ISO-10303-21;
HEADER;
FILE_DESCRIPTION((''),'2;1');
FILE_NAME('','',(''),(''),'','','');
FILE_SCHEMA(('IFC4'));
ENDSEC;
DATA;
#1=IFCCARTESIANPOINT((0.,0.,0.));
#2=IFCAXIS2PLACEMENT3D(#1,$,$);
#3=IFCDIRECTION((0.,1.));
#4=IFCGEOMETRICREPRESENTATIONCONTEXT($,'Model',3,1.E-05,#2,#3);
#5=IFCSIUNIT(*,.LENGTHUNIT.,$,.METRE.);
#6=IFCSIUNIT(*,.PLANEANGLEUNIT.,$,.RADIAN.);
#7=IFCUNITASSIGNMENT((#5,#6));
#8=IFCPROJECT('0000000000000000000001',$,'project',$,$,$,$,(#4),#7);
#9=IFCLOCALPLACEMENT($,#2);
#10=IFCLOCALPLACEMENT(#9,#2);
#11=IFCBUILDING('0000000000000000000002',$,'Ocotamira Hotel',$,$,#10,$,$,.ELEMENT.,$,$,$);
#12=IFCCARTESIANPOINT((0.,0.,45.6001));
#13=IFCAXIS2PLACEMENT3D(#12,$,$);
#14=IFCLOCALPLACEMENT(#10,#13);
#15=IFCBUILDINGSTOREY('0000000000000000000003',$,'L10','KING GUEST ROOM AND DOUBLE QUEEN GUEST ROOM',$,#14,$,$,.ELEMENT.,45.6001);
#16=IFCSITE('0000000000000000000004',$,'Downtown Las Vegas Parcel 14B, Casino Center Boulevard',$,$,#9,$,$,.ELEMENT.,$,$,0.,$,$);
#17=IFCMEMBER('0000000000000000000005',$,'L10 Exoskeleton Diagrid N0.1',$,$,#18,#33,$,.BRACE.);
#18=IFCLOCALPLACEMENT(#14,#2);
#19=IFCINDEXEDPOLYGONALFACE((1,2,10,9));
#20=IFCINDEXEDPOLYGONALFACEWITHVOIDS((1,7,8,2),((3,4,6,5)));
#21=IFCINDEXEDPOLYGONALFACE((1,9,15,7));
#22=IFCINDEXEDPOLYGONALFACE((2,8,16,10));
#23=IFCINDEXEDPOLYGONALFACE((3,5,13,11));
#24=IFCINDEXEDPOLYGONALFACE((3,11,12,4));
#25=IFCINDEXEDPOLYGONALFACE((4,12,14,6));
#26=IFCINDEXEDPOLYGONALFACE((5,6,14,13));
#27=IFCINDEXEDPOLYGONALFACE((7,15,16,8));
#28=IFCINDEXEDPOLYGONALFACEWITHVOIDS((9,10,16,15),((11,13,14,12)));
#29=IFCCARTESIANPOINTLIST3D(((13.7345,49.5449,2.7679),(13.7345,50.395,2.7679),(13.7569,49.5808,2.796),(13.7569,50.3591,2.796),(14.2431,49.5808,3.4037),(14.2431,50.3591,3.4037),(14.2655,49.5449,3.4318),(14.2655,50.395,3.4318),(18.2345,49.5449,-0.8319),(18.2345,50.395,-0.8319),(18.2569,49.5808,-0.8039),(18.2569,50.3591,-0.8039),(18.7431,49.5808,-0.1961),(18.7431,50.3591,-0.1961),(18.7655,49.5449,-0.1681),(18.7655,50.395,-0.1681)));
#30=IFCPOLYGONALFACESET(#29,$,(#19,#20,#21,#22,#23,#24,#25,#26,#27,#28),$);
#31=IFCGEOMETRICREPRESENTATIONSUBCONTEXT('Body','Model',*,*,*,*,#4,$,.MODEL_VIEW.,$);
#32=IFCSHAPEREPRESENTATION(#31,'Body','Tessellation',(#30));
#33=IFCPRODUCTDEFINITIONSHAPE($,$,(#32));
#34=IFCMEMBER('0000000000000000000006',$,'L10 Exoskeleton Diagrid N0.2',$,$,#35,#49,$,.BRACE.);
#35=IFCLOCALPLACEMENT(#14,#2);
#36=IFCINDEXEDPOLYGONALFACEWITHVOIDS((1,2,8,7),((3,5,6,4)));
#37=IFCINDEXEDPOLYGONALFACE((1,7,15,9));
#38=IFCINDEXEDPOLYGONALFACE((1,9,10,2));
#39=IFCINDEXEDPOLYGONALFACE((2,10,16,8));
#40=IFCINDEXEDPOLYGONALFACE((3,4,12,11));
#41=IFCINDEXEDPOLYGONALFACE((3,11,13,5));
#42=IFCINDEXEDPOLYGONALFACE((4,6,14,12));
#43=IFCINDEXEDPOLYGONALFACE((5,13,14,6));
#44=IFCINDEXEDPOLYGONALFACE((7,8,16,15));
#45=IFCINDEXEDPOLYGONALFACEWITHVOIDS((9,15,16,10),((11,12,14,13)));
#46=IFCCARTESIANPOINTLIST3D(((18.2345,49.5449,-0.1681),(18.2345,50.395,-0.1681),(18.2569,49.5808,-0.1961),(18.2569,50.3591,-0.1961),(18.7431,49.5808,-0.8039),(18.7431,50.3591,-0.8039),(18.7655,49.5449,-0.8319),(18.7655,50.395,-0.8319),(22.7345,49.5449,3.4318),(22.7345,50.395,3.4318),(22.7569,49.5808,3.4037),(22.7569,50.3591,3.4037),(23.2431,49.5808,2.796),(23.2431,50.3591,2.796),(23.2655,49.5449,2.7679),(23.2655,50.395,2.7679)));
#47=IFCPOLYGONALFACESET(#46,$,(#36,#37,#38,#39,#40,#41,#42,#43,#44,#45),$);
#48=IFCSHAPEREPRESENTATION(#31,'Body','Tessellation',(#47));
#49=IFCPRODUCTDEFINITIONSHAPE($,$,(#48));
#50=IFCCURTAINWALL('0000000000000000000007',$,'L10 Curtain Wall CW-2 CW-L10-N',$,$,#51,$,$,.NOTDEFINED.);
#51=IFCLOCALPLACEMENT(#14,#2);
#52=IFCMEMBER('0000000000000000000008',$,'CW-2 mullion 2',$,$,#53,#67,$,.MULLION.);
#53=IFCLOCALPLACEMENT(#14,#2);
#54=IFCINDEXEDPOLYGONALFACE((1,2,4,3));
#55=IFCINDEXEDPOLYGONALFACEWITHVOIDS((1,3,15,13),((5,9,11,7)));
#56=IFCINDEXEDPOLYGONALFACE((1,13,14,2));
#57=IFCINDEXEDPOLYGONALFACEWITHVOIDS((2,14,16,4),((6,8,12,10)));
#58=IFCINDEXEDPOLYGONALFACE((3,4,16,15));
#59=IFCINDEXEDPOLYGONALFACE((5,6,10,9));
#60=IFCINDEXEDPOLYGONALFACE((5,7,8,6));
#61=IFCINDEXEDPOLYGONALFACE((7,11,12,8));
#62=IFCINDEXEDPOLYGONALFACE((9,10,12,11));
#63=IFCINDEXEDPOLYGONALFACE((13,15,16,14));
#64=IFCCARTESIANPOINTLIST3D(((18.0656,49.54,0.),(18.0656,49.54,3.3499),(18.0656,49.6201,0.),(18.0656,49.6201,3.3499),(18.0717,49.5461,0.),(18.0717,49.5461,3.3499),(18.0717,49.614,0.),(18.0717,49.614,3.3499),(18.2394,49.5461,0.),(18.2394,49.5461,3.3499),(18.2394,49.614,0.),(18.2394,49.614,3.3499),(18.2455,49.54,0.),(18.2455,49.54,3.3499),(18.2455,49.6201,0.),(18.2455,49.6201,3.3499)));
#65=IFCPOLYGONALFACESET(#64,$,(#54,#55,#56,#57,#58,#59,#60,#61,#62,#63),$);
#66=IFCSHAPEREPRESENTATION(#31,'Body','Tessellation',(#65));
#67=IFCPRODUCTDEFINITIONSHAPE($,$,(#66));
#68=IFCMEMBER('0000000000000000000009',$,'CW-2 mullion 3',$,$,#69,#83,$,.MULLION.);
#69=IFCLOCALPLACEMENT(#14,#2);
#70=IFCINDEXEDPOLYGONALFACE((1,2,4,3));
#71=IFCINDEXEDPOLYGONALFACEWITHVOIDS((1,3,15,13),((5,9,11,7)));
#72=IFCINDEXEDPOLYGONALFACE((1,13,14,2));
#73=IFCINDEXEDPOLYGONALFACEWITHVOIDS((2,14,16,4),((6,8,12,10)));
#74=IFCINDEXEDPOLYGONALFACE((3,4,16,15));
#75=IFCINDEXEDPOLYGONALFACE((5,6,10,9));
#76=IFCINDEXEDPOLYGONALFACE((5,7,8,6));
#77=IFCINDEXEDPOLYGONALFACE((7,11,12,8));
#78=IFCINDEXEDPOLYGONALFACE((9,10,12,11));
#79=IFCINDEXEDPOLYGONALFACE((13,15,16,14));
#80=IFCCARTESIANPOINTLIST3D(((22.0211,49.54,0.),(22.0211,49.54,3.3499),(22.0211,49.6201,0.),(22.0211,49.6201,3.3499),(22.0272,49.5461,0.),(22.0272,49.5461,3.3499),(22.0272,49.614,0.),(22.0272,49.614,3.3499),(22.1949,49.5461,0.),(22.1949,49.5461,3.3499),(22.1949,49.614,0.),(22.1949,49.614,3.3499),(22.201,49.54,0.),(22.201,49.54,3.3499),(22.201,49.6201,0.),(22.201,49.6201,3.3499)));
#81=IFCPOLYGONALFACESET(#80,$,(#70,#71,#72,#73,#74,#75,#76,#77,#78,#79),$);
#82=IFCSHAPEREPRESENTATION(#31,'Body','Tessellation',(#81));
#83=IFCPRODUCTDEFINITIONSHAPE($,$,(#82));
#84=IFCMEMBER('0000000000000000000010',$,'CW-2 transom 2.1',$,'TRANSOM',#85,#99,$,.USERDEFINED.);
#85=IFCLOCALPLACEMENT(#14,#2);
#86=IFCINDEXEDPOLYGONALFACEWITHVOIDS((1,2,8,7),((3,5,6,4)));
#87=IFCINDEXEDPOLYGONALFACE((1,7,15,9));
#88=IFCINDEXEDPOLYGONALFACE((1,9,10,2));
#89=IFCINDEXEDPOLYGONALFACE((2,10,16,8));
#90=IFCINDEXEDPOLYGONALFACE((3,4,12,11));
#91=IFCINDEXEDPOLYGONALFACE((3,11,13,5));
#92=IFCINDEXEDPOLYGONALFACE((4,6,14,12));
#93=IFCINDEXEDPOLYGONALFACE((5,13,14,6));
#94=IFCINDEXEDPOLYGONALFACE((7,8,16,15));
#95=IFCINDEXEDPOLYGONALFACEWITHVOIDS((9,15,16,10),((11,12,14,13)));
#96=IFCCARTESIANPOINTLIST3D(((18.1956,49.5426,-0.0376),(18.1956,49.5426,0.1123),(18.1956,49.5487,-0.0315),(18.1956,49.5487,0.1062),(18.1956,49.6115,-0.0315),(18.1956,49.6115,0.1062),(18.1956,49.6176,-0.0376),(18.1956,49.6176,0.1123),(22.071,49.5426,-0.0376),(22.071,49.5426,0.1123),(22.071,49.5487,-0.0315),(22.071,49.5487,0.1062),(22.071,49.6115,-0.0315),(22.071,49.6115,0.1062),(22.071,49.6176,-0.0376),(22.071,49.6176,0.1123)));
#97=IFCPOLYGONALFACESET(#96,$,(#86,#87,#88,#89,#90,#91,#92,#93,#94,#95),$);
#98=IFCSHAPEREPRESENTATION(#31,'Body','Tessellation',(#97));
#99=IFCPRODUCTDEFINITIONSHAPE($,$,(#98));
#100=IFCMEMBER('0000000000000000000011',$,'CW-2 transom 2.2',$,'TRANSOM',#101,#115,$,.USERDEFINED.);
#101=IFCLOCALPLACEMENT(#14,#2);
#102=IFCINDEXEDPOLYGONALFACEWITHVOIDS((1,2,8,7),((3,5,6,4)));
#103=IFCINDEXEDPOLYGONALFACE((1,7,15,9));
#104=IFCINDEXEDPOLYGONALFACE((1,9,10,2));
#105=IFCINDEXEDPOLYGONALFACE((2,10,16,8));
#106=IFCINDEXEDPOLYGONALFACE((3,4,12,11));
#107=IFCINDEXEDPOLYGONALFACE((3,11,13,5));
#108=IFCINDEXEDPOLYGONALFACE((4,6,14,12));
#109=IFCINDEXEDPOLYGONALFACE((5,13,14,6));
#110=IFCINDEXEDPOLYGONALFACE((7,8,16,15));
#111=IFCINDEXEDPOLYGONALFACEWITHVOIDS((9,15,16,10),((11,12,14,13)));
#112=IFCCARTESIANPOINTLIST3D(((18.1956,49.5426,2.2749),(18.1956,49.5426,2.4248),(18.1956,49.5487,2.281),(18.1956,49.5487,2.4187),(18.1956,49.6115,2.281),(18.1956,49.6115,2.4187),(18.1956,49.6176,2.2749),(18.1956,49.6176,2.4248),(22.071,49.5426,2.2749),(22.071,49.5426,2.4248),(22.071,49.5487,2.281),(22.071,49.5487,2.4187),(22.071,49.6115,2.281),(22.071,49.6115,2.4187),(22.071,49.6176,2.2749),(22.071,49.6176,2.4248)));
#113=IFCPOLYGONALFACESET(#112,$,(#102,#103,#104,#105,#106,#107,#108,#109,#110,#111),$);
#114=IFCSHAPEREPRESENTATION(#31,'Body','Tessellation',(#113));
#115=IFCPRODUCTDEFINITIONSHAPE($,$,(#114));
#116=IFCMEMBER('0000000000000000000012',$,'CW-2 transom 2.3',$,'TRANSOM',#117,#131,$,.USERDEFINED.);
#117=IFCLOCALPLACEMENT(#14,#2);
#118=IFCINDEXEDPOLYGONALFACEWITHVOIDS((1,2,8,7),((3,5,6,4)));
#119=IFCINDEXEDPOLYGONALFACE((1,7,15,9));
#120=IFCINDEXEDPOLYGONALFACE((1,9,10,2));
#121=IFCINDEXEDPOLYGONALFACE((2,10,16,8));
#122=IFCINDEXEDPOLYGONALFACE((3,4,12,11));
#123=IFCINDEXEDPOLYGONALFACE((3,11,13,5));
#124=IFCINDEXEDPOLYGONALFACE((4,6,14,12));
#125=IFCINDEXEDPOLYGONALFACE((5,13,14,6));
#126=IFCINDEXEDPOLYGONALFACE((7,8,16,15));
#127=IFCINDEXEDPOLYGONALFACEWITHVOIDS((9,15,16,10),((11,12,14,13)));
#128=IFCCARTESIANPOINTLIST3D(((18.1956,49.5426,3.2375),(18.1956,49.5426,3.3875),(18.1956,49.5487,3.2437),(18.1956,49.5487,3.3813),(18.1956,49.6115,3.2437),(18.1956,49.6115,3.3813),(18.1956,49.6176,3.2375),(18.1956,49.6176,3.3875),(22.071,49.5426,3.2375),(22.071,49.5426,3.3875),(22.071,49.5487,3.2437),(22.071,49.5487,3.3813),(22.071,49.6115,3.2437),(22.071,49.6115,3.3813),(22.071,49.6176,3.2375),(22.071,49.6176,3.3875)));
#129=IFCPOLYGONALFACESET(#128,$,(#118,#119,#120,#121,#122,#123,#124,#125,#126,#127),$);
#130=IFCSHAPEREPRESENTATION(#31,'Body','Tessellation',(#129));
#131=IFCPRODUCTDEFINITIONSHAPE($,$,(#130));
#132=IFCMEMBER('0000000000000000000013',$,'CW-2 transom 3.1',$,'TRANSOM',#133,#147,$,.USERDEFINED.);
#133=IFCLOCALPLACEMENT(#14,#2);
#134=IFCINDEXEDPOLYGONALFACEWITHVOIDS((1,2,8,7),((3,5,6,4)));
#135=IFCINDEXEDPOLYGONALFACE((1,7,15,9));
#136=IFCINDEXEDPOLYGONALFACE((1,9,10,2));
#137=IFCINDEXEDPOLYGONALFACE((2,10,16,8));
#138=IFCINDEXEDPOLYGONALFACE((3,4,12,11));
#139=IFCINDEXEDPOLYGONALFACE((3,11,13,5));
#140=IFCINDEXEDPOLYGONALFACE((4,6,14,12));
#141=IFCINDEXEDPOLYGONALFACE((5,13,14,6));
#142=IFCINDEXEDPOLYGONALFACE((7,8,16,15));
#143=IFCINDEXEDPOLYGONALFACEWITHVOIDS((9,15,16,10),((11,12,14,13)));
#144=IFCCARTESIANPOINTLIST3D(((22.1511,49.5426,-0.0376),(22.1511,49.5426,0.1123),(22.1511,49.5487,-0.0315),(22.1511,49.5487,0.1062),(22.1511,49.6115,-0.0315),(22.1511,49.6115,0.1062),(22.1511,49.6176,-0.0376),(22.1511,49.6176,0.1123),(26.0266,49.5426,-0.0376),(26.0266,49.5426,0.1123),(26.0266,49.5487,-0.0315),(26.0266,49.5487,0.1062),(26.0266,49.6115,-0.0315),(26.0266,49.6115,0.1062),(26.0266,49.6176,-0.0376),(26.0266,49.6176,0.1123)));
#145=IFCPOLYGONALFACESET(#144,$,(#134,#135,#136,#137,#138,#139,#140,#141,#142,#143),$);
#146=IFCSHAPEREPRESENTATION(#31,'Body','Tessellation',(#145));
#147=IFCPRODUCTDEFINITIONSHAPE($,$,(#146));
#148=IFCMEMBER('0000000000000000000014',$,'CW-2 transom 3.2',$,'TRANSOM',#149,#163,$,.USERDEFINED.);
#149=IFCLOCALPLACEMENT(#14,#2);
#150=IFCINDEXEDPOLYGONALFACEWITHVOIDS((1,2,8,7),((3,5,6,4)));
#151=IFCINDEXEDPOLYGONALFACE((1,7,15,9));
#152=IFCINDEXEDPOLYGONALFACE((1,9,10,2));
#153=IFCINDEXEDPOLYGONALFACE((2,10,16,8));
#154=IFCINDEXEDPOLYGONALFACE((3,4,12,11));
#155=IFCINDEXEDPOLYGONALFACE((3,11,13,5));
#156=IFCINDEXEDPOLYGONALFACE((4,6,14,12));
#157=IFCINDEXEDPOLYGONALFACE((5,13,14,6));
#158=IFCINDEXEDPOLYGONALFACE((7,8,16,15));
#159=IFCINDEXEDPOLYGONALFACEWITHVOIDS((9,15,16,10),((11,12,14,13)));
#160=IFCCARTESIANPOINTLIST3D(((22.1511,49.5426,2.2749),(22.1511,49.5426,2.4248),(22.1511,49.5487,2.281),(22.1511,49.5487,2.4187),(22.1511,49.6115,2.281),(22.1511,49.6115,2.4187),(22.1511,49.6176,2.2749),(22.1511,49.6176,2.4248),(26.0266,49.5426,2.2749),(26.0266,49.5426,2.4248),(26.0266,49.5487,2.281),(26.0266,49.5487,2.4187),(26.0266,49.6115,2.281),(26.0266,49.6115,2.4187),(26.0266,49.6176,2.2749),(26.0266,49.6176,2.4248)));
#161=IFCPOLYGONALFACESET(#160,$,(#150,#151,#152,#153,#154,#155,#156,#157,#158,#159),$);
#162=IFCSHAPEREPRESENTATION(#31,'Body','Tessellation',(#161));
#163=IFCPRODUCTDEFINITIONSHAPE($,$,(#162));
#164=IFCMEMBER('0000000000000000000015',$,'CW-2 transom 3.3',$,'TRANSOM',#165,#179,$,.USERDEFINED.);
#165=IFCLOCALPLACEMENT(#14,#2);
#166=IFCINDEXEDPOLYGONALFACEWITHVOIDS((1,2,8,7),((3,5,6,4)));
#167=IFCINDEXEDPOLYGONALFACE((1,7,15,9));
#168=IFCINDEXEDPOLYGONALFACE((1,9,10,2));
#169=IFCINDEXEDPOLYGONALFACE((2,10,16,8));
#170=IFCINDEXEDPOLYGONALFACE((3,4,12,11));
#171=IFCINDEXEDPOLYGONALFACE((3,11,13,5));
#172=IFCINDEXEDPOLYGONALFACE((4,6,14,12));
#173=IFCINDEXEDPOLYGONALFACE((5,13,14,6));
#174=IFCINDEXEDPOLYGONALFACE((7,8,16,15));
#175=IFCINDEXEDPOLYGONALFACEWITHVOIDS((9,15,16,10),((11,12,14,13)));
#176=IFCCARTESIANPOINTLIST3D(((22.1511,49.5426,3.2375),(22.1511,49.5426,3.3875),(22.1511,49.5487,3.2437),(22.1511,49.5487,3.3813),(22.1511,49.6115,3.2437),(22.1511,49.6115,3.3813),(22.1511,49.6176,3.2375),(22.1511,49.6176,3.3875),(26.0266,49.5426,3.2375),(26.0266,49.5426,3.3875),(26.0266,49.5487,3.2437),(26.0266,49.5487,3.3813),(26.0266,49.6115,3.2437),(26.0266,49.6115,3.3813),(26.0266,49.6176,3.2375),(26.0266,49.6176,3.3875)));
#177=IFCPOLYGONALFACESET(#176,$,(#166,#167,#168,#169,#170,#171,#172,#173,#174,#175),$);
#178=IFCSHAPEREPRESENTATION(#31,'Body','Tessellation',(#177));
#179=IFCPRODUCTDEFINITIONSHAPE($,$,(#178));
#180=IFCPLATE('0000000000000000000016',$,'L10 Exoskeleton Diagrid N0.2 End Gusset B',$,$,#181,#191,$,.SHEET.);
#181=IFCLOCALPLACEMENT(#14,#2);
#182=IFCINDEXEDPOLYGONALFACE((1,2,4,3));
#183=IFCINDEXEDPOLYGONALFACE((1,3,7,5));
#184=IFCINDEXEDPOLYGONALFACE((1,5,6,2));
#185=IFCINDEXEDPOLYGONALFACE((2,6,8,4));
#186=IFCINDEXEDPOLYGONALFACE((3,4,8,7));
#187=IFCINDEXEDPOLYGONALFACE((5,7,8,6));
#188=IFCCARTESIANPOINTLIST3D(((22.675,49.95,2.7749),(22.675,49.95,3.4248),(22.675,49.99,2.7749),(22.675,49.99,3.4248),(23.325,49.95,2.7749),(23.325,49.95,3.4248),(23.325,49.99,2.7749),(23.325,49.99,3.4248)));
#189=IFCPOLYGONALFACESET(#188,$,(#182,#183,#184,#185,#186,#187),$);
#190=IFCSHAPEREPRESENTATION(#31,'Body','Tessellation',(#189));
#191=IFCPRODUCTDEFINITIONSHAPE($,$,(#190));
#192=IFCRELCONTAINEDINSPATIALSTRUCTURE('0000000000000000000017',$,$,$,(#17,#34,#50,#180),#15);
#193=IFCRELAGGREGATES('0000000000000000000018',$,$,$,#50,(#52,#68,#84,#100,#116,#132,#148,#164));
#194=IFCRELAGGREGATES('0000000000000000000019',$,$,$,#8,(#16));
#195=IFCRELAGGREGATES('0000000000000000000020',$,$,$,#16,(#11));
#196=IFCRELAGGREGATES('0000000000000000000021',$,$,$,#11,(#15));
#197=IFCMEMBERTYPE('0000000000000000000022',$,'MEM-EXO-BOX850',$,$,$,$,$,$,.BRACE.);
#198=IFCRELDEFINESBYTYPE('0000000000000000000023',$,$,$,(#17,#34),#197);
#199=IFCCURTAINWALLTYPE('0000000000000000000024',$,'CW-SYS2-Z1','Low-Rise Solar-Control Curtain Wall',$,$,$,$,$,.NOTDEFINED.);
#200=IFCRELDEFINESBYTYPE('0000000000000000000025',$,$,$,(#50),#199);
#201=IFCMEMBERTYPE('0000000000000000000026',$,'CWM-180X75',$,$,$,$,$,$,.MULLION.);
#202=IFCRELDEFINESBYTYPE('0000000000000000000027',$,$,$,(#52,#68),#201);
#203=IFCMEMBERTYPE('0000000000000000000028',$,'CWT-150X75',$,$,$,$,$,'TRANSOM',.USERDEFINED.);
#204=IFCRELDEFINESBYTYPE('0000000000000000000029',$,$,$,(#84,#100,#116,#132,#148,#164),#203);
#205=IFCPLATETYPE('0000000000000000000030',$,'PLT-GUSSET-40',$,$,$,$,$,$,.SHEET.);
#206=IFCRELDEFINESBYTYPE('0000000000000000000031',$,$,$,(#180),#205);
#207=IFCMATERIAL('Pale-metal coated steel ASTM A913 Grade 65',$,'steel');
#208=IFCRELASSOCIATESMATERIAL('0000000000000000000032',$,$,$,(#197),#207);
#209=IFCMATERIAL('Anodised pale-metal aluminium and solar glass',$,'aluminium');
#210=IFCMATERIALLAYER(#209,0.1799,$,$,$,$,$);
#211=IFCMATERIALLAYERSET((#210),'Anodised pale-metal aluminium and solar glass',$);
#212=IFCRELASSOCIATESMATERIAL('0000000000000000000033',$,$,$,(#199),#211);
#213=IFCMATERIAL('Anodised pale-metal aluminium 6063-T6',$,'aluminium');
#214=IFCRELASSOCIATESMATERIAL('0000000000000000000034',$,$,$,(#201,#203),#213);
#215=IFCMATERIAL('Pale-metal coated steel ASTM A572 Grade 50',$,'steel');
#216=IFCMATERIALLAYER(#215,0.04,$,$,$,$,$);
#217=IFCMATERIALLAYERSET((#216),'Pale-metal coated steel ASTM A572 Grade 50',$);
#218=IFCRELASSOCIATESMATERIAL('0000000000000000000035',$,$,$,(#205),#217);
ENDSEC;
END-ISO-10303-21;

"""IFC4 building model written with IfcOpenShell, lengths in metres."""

from ifc_helpers import new_model, si_unit, direction, frame, origin, origin_2d, place, context, subcontext, project, spatial, rectangle, hollow_rectangle, extrude, source, transform, mapped, material, layer, layer_set, material_profile, profile_set, type_object, element, aggregate, save


model = new_model("IFC4")

# Units and contexts
model_context = context("Model", 3, precision=1e-05, world=origin(), true_north=direction((0.0, 1.0)))
body_context = subcontext(model_context, "Body", "Model", "MODEL_VIEW")
ifc_project = project(units=[si_unit("LENGTHUNIT", "METRE"), si_unit("PLANEANGLEUNIT", "RADIAN")], contexts=[model_context])

# Site, building, storey
site_placement = place(None, origin())
site = spatial("IfcSite", under=ifc_project, at=site_placement, Name="Downtown Las Vegas Parcel 14B, Casino Center Boulevard", CompositionType="ELEMENT", RefElevation=0.0)
building_placement = place(site_placement, origin())
building = spatial("IfcBuilding", under=site, at=building_placement, Name="Ocotamira Hotel", CompositionType="ELEMENT")
storey_placement = place(building_placement, frame((0.0, 0.0, 45.6001)))
storey = spatial("IfcBuildingStorey", under=building, at=storey_placement, Name="L10", Description="KING GUEST ROOM AND DOUBLE QUEEN GUEST ROOM", CompositionType="ELEMENT", Elevation=45.6001)

# Members
ifc_material_1 = material(Name="Pale-metal coated steel ASTM A913 Grade 65", Category="steel")
ifc_material_profile_1 = material_profile(ifc_material_1, hollow_rectangle(XDim=0.8501, YDim=0.8501, WallThickness=0.0359, at=origin_2d()), Name="BOX850X850X36")
ifc_profile_set_1 = profile_set([ifc_material_profile_1], Name="Pale-metal coated steel ASTM A913 Grade 65")
member_type_1 = type_object("IfcMemberType", Name="MEM-EXO-BOX850", PredefinedType="BRACE", material=ifc_profile_set_1)
shared_shape_1 = source(origin(), body_context, "Body", "SweptSolid", [
    extrude(hollow_rectangle(XDim=0.8501, YDim=0.8501, WallThickness=0.0359, at=origin_2d()), origin(), (0.0, 0.0, 1.0), 5.7627),
])
for number, where, z_axis, x_axis, name in (
    (1, (18.5, 49.97, -0.5), (-0.780881, 0.0, 0.62468), (0.0, -1.0, 0.0), "L10 Exoskeleton Diagrid N0.1"),
    (2, (18.5, 49.97, -0.5), (0.780881, 0.0, 0.62468), (0.0, 1.0, 0.0), "L10 Exoskeleton Diagrid N0.2"),
):
    element("IfcMember", number, at=place(storey_placement, frame(where, z_axis=z_axis, x_axis=x_axis)), inside=storey, type_object=member_type_1, Name=name, PredefinedType="BRACE", context=body_context, shape_type="MappedRepresentation", body=[
        mapped(shared_shape_1, transform((0.0, 0.0, 0.0), scale=1.0)),
    ])

# Curtain wall, members
ifc_material_2 = material(Name="Anodised pale-metal aluminium and solar glass", Category="aluminium")
ifc_layer_1 = layer(ifc_material_2, 0.1799)
ifc_layer_set_1 = layer_set([ifc_layer_1], Name="Anodised pale-metal aluminium and solar glass")
curtain_wall_type = type_object("IfcCurtainWallType", Name="CW-SYS2-Z1", Description="Low-Rise Solar-Control Curtain Wall", PredefinedType="NOTDEFINED", material=ifc_layer_set_1)
curtain_wall_placement = place(storey_placement, origin())
curtain_wall = element("IfcCurtainWall", 3, at=curtain_wall_placement, inside=storey, type_object=curtain_wall_type, Name="L10 Curtain Wall CW-2 CW-L10-N", PredefinedType="NOTDEFINED")
ifc_material_3 = material(Name="Anodised pale-metal aluminium 6063-T6", Category="aluminium")
ifc_material_profile_2 = material_profile(ifc_material_3, hollow_rectangle(XDim=0.0801, YDim=0.1799, WallThickness=0.0061, at=origin_2d()), Name="HSS180X80X6")
ifc_profile_set_2 = profile_set([ifc_material_profile_2], Name="Anodised pale-metal aluminium 6063-T6")
member_type_2 = type_object("IfcMemberType", Name="CWM-180X75", PredefinedType="MULLION", material=ifc_profile_set_2)
shared_shape_2 = source(origin(), body_context, "Body", "SweptSolid", [
    extrude(hollow_rectangle(XDim=0.0801, YDim=0.1799, WallThickness=0.0061, at=origin_2d()), origin(), (0.0, 0.0, 1.0), 3.3499),
])
member_1_placement = place(storey_placement, frame((18.1555, 49.5801, 0.0), z_axis=(0.0, 0.0, 1.0), x_axis=(0.0, 1.0, 0.0)))
member_1 = element("IfcMember", 4, at=member_1_placement, type_object=member_type_2, Name="CW-2 mullion 2", PredefinedType="MULLION", context=body_context, shape_type="MappedRepresentation", body=[
    mapped(shared_shape_2, transform((0.0, 0.0, 0.0), scale=1.0)),
])
member_2_placement = place(storey_placement, frame((22.1111, 49.5801, 0.0), z_axis=(0.0, 0.0, 1.0), x_axis=(0.0, 1.0, 0.0)))
member_2 = element("IfcMember", 5, at=member_2_placement, type_object=member_type_2, Name="CW-2 mullion 3", PredefinedType="MULLION", context=body_context, shape_type="MappedRepresentation", body=[
    mapped(shared_shape_2, transform((0.0, 0.0, 0.0), scale=1.0)),
])
ifc_material_profile_3 = material_profile(ifc_material_3, hollow_rectangle(XDim=0.075, YDim=0.1499, WallThickness=0.0061, at=origin_2d()), Name="HSS150X75X6")
ifc_profile_set_3 = profile_set([ifc_material_profile_3], Name="Anodised pale-metal aluminium 6063-T6")
member_type_3 = type_object("IfcMemberType", Name="CWT-150X75", ElementType="TRANSOM", PredefinedType="USERDEFINED", material=ifc_profile_set_3)
shared_shape_3 = source(origin(), body_context, "Body", "SweptSolid", [
    extrude(hollow_rectangle(XDim=0.075, YDim=0.1499, WallThickness=0.0061, at=origin_2d()), origin(), (0.0, 0.0, 1.0), 3.8755),
])
member_3_placement = place(storey_placement, frame((18.1956, 49.5801, 0.0374), z_axis=(1.0, 0.0, 0.0), x_axis=(0.0, 1.0, 0.0)))
member_3 = element("IfcMember", 6, at=member_3_placement, type_object=member_type_3, Name="CW-2 transom 2.1", ObjectType="TRANSOM", PredefinedType="USERDEFINED", context=body_context, shape_type="MappedRepresentation", body=[
    mapped(shared_shape_3, transform((0.0, 0.0, 0.0), scale=1.0)),
])
member_4_placement = place(storey_placement, frame((18.1956, 49.5801, 2.3499), z_axis=(1.0, 0.0, 0.0), x_axis=(0.0, 1.0, 0.0)))
member_4 = element("IfcMember", 7, at=member_4_placement, type_object=member_type_3, Name="CW-2 transom 2.2", ObjectType="TRANSOM", PredefinedType="USERDEFINED", context=body_context, shape_type="MappedRepresentation", body=[
    mapped(shared_shape_3, transform((0.0, 0.0, 0.0), scale=1.0)),
])
member_5_placement = place(storey_placement, frame((18.1956, 49.5801, 3.3125), z_axis=(1.0, 0.0, 0.0), x_axis=(0.0, 1.0, 0.0)))
member_5 = element("IfcMember", 8, at=member_5_placement, type_object=member_type_3, Name="CW-2 transom 2.3", ObjectType="TRANSOM", PredefinedType="USERDEFINED", context=body_context, shape_type="MappedRepresentation", body=[
    mapped(shared_shape_3, transform((0.0, 0.0, 0.0), scale=1.0)),
])
member_6_placement = place(storey_placement, frame((22.1511, 49.5801, 0.0374), z_axis=(1.0, 0.0, 0.0), x_axis=(0.0, 1.0, 0.0)))
member_6 = element("IfcMember", 9, at=member_6_placement, type_object=member_type_3, Name="CW-2 transom 3.1", ObjectType="TRANSOM", PredefinedType="USERDEFINED", context=body_context, shape_type="MappedRepresentation", body=[
    mapped(shared_shape_3, transform((0.0, 0.0, 0.0), scale=1.0)),
])
member_7_placement = place(storey_placement, frame((22.1511, 49.5801, 2.3499), z_axis=(1.0, 0.0, 0.0), x_axis=(0.0, 1.0, 0.0)))
member_7 = element("IfcMember", 10, at=member_7_placement, type_object=member_type_3, Name="CW-2 transom 3.2", ObjectType="TRANSOM", PredefinedType="USERDEFINED", context=body_context, shape_type="MappedRepresentation", body=[
    mapped(shared_shape_3, transform((0.0, 0.0, 0.0), scale=1.0)),
])
member_8_placement = place(storey_placement, frame((22.1511, 49.5801, 3.3125), z_axis=(1.0, 0.0, 0.0), x_axis=(0.0, 1.0, 0.0)))
member_8 = element("IfcMember", 11, at=member_8_placement, type_object=member_type_3, Name="CW-2 transom 3.3", ObjectType="TRANSOM", PredefinedType="USERDEFINED", context=body_context, shape_type="MappedRepresentation", body=[
    mapped(shared_shape_3, transform((0.0, 0.0, 0.0), scale=1.0)),
])

# Plate
ifc_material_4 = material(Name="Pale-metal coated steel ASTM A572 Grade 50", Category="steel")
ifc_layer_2 = layer(ifc_material_4, 0.04)
ifc_layer_set_2 = layer_set([ifc_layer_2], Name="Pale-metal coated steel ASTM A572 Grade 50")
plate_type_1 = type_object("IfcPlateType", Name="PLT-GUSSET-40", PredefinedType="SHEET", material=ifc_layer_set_2)
shared_shape_4 = source(origin(), body_context, "Body", "SweptSolid", [
    extrude(rectangle(XDim=0.6499, YDim=0.04, at=origin_2d()), origin(), (0.0, 0.0, 1.0), 0.6499),
])
plate_1_placement = place(storey_placement, frame((23.0, 49.97, 2.7749), z_axis=(0.0, 0.0, 1.0), x_axis=(1.0, 0.0, 0.0)))
element("IfcPlate", 12, at=plate_1_placement, inside=storey, type_object=plate_type_1, Name="L10 Exoskeleton Diagrid N0.2 End Gusset B", PredefinedType="SHEET", context=body_context, shape_type="MappedRepresentation", body=[
    mapped(shared_shape_4, transform((0.0, 0.0, 0.0), scale=1.0)),
])
aggregate(curtain_wall, [member_1, member_2, member_3, member_4, member_5, member_6, member_7, member_8])

save(model, "model.ifc")
